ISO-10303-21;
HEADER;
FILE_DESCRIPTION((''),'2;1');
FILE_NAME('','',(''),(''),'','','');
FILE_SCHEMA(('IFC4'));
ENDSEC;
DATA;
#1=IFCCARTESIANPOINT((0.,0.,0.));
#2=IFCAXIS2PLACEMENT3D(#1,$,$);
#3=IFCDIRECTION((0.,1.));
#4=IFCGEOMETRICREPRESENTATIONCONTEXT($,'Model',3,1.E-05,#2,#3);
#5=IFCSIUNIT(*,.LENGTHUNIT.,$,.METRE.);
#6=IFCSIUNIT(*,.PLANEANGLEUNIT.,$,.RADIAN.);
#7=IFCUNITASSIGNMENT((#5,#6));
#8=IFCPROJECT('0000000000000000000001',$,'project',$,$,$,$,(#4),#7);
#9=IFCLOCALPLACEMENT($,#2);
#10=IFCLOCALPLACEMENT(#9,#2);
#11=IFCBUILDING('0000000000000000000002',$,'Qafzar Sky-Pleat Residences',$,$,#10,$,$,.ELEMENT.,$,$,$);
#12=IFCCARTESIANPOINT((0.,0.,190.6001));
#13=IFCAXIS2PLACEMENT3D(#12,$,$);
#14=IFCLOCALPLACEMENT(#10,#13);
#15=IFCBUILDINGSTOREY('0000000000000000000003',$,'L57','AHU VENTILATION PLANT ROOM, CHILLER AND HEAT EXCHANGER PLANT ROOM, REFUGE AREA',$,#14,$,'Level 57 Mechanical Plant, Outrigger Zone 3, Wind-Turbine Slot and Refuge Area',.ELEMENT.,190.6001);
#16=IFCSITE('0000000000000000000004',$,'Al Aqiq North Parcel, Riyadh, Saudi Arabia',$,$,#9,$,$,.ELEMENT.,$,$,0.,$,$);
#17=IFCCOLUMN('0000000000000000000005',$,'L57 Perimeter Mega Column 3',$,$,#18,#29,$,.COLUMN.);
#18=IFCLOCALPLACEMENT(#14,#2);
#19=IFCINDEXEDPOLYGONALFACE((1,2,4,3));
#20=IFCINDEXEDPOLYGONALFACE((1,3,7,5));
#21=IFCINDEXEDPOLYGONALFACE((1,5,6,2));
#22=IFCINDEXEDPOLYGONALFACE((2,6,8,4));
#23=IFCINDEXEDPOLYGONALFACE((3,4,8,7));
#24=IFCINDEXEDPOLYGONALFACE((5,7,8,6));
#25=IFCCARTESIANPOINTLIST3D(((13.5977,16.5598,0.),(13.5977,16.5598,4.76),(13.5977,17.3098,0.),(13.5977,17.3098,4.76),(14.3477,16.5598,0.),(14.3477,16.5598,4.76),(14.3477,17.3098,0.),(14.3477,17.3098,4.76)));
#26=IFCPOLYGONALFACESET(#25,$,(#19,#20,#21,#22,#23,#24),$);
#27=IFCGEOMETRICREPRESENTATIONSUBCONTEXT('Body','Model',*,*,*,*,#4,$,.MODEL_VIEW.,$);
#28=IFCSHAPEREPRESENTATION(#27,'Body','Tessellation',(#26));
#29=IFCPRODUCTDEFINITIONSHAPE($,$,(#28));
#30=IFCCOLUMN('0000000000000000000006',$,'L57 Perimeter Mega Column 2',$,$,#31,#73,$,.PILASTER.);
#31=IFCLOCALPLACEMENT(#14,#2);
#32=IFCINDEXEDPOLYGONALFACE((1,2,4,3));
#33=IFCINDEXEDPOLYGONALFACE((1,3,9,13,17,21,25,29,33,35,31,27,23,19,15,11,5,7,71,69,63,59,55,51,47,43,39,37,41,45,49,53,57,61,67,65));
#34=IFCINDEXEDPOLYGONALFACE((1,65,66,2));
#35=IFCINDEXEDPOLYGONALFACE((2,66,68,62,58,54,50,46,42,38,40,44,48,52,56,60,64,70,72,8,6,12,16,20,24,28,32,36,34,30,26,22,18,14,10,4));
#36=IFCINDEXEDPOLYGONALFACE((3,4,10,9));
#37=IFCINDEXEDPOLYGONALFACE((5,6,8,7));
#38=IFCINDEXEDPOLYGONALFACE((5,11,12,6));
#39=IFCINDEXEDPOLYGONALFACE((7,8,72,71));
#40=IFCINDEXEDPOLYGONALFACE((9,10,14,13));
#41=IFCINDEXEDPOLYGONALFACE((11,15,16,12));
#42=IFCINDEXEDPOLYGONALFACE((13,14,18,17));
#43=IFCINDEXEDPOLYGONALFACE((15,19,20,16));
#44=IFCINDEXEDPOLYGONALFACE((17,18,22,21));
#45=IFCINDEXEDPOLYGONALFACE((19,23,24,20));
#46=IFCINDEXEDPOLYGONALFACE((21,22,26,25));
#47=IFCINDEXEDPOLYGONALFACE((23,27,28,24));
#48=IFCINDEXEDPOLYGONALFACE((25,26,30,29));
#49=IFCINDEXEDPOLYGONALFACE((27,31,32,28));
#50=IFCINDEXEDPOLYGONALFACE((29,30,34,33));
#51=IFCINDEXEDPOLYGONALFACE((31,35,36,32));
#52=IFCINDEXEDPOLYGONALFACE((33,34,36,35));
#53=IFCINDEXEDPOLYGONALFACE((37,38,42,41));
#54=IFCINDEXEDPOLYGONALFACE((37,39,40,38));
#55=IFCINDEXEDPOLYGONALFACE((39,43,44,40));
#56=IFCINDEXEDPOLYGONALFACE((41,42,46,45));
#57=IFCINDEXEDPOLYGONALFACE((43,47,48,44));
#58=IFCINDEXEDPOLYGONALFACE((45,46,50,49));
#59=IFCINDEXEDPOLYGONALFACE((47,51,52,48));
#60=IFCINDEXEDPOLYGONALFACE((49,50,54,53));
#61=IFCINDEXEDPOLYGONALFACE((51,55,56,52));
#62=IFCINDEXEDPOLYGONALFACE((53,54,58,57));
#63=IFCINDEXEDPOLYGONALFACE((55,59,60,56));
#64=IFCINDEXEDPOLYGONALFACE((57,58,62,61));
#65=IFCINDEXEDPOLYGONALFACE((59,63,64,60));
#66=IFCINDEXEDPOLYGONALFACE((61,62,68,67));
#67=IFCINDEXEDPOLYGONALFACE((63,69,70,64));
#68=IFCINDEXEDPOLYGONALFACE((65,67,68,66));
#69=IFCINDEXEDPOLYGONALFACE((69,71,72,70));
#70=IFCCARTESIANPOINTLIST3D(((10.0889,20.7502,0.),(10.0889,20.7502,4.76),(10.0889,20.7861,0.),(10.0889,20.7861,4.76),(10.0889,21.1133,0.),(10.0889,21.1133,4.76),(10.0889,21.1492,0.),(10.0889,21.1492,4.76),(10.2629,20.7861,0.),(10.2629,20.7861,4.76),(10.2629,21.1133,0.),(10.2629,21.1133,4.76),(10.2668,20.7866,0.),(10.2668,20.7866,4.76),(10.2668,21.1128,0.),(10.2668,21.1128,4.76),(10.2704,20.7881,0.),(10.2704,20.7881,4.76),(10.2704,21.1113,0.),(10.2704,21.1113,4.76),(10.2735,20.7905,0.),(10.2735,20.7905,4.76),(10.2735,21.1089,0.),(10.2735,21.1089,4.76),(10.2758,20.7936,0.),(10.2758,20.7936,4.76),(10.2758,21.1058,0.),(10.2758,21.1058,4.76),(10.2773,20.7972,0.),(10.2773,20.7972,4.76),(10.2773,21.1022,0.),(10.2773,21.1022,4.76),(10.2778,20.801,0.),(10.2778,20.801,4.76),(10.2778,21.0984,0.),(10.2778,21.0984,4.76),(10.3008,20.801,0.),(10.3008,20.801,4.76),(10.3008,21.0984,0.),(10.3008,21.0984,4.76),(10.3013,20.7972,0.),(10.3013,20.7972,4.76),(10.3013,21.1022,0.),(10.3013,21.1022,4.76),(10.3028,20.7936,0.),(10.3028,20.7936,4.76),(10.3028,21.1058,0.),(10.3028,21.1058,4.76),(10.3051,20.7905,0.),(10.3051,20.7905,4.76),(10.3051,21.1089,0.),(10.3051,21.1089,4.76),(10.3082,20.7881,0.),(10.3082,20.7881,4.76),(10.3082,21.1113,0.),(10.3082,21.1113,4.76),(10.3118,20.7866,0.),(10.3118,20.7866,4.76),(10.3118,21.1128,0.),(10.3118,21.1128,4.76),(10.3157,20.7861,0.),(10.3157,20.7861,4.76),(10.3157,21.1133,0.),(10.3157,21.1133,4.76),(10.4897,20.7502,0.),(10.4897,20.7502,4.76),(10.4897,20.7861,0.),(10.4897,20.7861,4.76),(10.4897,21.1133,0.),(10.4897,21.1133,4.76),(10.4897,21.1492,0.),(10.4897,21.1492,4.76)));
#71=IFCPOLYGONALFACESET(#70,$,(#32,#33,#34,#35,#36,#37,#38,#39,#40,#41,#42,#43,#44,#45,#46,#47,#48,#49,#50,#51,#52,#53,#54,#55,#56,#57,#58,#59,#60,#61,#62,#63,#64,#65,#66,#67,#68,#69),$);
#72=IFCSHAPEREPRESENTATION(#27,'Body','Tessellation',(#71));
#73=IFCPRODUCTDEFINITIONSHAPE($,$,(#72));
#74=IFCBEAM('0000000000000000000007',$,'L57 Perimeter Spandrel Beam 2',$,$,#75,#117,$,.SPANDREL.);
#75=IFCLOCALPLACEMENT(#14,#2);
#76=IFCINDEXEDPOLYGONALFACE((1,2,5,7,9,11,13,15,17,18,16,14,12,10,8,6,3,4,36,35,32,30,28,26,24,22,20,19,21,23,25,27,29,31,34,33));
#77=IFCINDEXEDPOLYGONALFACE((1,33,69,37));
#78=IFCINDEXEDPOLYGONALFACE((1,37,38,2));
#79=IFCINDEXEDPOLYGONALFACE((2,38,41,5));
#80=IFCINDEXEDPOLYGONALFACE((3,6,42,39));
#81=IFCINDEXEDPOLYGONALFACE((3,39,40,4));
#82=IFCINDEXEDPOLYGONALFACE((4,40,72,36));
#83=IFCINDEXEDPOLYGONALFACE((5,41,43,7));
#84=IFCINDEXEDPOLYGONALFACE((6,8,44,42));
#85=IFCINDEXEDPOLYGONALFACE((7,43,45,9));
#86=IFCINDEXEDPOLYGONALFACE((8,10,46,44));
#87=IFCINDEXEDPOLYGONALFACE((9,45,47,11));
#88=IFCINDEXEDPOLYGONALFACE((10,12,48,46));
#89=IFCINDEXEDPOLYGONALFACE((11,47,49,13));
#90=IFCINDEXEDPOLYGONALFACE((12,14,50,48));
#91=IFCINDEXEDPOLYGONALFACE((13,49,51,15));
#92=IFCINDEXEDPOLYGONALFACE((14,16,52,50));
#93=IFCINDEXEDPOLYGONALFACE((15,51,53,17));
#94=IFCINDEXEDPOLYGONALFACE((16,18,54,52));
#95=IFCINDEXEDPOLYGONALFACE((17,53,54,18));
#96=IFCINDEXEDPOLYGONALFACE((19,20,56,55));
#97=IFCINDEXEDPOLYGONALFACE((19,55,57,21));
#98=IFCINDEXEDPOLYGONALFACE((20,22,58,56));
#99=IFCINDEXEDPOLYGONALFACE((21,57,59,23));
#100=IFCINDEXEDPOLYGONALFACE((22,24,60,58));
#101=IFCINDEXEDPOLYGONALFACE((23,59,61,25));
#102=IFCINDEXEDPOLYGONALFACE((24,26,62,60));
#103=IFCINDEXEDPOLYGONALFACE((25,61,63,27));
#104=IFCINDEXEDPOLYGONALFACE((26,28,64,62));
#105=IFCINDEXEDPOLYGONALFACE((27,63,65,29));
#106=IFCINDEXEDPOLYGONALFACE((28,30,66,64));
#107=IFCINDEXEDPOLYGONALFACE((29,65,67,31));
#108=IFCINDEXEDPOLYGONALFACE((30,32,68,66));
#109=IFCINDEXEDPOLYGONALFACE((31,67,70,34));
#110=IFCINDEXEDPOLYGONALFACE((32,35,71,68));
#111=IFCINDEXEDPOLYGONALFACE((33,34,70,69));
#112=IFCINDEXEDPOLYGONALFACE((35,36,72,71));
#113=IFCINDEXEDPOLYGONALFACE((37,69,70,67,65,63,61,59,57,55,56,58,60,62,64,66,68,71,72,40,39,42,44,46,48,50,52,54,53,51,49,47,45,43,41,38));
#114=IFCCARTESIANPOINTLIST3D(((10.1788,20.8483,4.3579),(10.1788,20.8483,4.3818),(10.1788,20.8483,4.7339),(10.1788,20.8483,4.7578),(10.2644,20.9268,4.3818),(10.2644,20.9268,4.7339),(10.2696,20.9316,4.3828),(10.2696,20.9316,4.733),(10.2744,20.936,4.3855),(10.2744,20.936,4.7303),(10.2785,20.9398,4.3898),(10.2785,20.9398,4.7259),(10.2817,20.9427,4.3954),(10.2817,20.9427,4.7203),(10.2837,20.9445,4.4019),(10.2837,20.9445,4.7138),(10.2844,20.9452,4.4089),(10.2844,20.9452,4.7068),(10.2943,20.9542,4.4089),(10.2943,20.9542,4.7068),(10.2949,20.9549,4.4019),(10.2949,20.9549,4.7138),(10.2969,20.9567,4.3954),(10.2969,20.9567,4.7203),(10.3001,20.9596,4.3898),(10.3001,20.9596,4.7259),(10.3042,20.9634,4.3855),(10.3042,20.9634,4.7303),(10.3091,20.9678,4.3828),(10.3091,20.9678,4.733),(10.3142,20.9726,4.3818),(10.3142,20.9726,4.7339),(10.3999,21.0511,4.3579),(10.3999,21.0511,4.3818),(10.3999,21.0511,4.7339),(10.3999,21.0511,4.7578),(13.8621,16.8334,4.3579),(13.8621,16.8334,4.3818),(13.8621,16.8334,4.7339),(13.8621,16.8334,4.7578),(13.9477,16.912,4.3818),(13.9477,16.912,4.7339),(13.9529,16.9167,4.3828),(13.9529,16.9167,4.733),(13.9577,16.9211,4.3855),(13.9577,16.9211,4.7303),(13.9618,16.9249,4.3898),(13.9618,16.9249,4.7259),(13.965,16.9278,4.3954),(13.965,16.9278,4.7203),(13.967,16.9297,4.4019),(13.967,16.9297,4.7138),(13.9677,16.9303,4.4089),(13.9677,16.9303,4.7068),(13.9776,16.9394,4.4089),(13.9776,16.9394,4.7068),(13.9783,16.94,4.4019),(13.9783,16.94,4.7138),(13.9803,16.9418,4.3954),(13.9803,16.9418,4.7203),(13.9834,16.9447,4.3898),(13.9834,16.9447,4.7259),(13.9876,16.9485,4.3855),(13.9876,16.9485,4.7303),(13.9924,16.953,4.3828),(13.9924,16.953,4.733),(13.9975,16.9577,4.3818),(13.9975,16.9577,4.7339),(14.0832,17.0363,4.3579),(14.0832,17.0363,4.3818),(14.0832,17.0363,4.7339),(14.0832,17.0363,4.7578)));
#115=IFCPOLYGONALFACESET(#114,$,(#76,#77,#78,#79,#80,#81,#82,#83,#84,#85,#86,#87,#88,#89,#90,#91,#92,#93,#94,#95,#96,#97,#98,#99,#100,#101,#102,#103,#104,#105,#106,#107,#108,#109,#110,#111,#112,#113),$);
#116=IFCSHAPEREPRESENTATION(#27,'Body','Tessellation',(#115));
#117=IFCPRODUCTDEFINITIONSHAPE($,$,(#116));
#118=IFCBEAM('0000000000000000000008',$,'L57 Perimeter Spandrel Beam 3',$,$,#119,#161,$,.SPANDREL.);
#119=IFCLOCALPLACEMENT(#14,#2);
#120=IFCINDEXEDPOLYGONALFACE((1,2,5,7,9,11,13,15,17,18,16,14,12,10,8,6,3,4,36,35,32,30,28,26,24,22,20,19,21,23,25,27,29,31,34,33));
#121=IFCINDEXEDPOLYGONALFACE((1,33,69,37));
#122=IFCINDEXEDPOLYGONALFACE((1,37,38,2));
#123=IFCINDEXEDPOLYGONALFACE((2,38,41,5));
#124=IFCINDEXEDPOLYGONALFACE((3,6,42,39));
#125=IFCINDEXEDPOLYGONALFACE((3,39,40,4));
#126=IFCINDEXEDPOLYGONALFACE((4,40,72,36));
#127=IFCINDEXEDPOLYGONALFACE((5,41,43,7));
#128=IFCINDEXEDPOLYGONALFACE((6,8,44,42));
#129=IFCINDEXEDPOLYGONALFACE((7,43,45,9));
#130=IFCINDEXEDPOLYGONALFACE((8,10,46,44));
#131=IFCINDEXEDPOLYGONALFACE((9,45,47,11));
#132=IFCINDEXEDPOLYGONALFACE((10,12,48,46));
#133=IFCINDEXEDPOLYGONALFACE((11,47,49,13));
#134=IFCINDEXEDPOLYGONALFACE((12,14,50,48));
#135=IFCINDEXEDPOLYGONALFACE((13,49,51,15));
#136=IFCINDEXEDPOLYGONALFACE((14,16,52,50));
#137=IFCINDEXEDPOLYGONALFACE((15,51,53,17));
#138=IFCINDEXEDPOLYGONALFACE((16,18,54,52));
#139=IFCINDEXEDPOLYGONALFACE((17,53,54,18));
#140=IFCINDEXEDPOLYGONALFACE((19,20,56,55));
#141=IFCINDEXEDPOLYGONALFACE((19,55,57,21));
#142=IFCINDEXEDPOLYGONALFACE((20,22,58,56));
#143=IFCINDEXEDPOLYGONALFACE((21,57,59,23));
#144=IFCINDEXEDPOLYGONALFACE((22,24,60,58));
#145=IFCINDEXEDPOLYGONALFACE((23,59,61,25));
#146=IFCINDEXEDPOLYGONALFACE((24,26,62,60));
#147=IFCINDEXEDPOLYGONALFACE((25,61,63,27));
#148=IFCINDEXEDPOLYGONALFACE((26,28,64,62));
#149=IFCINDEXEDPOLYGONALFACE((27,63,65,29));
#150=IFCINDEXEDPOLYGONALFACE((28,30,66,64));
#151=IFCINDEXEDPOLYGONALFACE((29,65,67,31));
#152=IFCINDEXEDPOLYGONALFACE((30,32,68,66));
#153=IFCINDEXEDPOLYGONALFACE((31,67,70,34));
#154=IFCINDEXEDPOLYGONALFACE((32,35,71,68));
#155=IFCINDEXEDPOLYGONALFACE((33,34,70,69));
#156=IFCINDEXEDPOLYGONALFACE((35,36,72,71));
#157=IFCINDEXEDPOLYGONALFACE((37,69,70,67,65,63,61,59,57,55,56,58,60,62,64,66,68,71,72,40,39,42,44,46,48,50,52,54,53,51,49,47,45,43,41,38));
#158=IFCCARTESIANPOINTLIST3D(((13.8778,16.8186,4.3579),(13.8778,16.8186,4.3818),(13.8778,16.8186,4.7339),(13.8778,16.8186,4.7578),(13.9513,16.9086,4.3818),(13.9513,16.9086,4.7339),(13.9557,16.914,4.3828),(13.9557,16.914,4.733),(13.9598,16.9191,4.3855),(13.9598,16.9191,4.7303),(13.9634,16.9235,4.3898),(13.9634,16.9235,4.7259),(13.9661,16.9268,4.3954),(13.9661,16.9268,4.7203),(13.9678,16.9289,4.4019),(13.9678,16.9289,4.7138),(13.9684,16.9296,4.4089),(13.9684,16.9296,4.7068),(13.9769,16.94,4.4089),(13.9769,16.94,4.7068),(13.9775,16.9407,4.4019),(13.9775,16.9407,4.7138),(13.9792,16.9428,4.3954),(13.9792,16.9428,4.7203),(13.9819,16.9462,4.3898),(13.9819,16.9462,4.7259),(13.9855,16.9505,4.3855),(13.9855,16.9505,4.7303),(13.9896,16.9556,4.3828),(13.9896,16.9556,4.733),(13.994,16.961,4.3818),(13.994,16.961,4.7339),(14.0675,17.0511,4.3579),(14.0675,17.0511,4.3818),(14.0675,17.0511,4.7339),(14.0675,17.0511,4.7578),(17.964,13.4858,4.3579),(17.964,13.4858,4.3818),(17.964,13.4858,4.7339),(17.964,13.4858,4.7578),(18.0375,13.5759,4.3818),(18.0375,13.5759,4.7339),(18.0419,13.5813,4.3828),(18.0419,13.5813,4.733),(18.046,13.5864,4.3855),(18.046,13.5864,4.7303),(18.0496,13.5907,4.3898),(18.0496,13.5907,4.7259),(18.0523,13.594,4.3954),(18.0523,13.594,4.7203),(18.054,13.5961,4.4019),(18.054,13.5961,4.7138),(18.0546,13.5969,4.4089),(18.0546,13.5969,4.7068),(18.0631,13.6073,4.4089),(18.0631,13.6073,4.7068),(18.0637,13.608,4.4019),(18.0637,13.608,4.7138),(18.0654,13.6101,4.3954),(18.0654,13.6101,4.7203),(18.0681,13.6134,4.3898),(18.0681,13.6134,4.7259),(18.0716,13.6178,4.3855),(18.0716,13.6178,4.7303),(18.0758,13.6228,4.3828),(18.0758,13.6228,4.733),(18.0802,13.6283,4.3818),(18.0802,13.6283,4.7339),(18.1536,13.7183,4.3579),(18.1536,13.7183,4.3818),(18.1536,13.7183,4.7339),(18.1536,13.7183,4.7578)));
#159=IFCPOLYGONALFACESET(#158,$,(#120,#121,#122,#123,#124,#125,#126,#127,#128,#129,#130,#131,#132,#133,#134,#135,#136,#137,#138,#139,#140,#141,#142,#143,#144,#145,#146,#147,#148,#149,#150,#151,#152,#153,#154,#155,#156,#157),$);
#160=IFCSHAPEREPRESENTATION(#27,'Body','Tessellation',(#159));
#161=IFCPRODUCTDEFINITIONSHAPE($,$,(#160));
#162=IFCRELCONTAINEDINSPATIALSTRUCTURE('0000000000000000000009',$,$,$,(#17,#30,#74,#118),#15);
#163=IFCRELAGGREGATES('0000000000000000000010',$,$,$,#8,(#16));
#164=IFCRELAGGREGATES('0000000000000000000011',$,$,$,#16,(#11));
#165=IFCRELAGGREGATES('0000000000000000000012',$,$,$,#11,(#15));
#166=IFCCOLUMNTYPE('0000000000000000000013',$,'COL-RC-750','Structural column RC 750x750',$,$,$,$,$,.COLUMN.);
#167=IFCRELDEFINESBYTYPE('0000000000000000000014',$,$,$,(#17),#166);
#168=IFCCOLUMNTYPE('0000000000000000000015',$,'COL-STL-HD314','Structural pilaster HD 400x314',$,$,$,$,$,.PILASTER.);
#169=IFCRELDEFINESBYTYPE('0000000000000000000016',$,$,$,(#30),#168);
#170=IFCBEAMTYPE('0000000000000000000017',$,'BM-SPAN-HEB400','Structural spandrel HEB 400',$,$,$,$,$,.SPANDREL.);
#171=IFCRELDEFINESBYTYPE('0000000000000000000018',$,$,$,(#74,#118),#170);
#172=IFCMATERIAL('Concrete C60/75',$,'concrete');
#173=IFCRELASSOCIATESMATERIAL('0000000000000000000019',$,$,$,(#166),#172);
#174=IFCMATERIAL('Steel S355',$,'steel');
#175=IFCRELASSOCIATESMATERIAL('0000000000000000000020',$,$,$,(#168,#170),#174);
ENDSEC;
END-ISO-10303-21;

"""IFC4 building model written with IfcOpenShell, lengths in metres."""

from ifc_helpers import new_model, si_unit, direction, frame, origin, origin_2d, place, context, subcontext, project, spatial, rectangle, i_section, extrude, source, transform, mapped, material, material_profile, profile_set, type_object, element, save


model = new_model("IFC4")

# Units and contexts
model_context = context("Model", 3, precision=1e-05, world=origin(), true_north=direction((0.0, 1.0)))
body_context = subcontext(model_context, "Body", "Model", "MODEL_VIEW")
ifc_project = project(units=[si_unit("LENGTHUNIT", "METRE"), si_unit("PLANEANGLEUNIT", "RADIAN")], contexts=[model_context])

# Site, building, storey
site_placement = place(None, origin())
site = spatial("IfcSite", under=ifc_project, at=site_placement, Name="Al Aqiq North Parcel, Riyadh, Saudi Arabia", CompositionType="ELEMENT", RefElevation=0.0)
building_placement = place(site_placement, origin())
building = spatial("IfcBuilding", under=site, at=building_placement, Name="Qafzar Sky-Pleat Residences", CompositionType="ELEMENT")
storey_placement = place(building_placement, frame((0.0, 0.0, 190.6001)))
storey = spatial("IfcBuildingStorey", under=building, at=storey_placement, Name="L57", Description="AHU VENTILATION PLANT ROOM, CHILLER AND HEAT EXCHANGER PLANT ROOM, REFUGE AREA", LongName="Level 57 Mechanical Plant, Outrigger Zone 3, Wind-Turbine Slot and Refuge Area", CompositionType="ELEMENT", Elevation=190.6001)

# Columns
ifc_material_1 = material(Name="Concrete C60/75", Category="concrete")
ifc_material_profile_1 = material_profile(ifc_material_1, rectangle(XDim=0.75, YDim=0.75, at=origin_2d()), Name="RC 750x750")
ifc_profile_set_1 = profile_set([ifc_material_profile_1], Name="Concrete C60/75")
column_type_1 = type_object("IfcColumnType", Name="COL-RC-750", Description="Structural column RC 750x750", PredefinedType="COLUMN", material=ifc_profile_set_1)
shared_shape_1 = source(origin(), body_context, "Body", "SweptSolid", [
    extrude(rectangle(XDim=0.75, YDim=0.75, at=origin_2d()), origin(), (0.0, 0.0, 1.0), 4.76),
])
column_1_placement = place(storey_placement, frame((13.9727, 16.9348, 0.0), z_axis=(0.0, 0.0, 1.0), x_axis=(1.0, 0.0, 0.0)))
element("IfcColumn", 1, at=column_1_placement, inside=storey, type_object=column_type_1, Name="L57 Perimeter Mega Column 3", PredefinedType="COLUMN", context=body_context, shape_type="MappedRepresentation", body=[
    mapped(shared_shape_1, transform((0.0, 0.0, 0.0), x_axis=(1.0, 0.0, 0.0), y_axis=(0.0, 1.0, 0.0), z_axis=(0.0, 0.0, 1.0), scale=1.0)),
])
ifc_material_2 = material(Name="Steel S355", Category="steel")
ifc_material_profile_2 = material_profile(ifc_material_2, i_section(OverallWidth=0.4009, OverallDepth=0.3989, WebThickness=0.0229, FlangeThickness=0.0359, FilletRadius=0.0149, at=origin_2d()), Name="HD 400x314")
ifc_profile_set_2 = profile_set([ifc_material_profile_2], Name="Steel S355")
column_type_2 = type_object("IfcColumnType", Name="COL-STL-HD314", Description="Structural pilaster HD 400x314", PredefinedType="PILASTER", material=ifc_profile_set_2)
shared_shape_2 = source(origin(), body_context, "Body", "SweptSolid", [
    extrude(i_section(OverallWidth=0.4009, OverallDepth=0.3989, WebThickness=0.0229, FlangeThickness=0.0359, FilletRadius=0.0149, at=origin_2d()), origin(), (0.0, 0.0, 1.0), 4.76),
])
column_2_placement = place(storey_placement, frame((10.2893, 20.9497, 0.0), z_axis=(0.0, 0.0, 1.0), x_axis=(1.0, 0.0, 0.0)))
element("IfcColumn", 2, at=column_2_placement, inside=storey, type_object=column_type_2, Name="L57 Perimeter Mega Column 2", PredefinedType="PILASTER", context=body_context, shape_type="MappedRepresentation", body=[
    mapped(shared_shape_2, transform((0.0, 0.0, 0.0), x_axis=(1.0, 0.0, 0.0), y_axis=(0.0, 1.0, 0.0), z_axis=(0.0, 0.0, 1.0), scale=1.0)),
])

# Beams
ifc_material_profile_3 = material_profile(ifc_material_2, i_section(OverallWidth=0.3, OverallDepth=0.3999, WebThickness=0.0134, FlangeThickness=0.0239, FilletRadius=0.0271, at=origin_2d()), Name="HEB 400")
ifc_profile_set_3 = profile_set([ifc_material_profile_3], Name="Steel S355")
beam_type_1 = type_object("IfcBeamType", Name="BM-SPAN-HEB400", Description="Structural spandrel HEB 400", PredefinedType="SPANDREL", material=ifc_profile_set_3)
shared_shape_3 = source(origin(), body_context, "Body", "SweptSolid", [
    extrude(i_section(OverallWidth=0.3, OverallDepth=0.3999, WebThickness=0.0134, FlangeThickness=0.0239, FilletRadius=0.0271, at=origin_2d()), origin(), (0.0, 0.0, 1.0), 5.4485),
])
beam_1_placement = place(storey_placement, frame((10.2893, 20.9497, 4.5579), z_axis=(0.676027, -0.736877, 0.0), x_axis=(0.736877, 0.676027, 0.0)))
element("IfcBeam", 3, at=beam_1_placement, inside=storey, type_object=beam_type_1, Name="L57 Perimeter Spandrel Beam 2", PredefinedType="SPANDREL", context=body_context, shape_type="MappedRepresentation", body=[
    mapped(shared_shape_3, transform((0.0, 0.0, 0.0), x_axis=(1.0, 0.0, 0.0), y_axis=(0.0, 1.0, 0.0), z_axis=(0.0, 0.0, 1.0), scale=1.0)),
])
shared_shape_4 = source(origin(), body_context, "Body", "SweptSolid", [
    extrude(i_section(OverallWidth=0.3, OverallDepth=0.3999, WebThickness=0.0134, FlangeThickness=0.0239, FilletRadius=0.0271, at=origin_2d()), origin(), (0.0, 0.0, 1.0), 5.2729),
])
beam_2_placement = place(storey_placement, frame((13.9727, 16.9348, 4.5579), z_axis=(0.77493, -0.632047, 0.0), x_axis=(0.632047, 0.77493, 0.0)))
element("IfcBeam", 4, at=beam_2_placement, inside=storey, type_object=beam_type_1, Name="L57 Perimeter Spandrel Beam 3", PredefinedType="SPANDREL", context=body_context, shape_type="MappedRepresentation", body=[
    mapped(shared_shape_4, transform((0.0, 0.0, 0.0), x_axis=(1.0, 0.0, 0.0), y_axis=(0.0, 1.0, 0.0), z_axis=(0.0, 0.0, 1.0), scale=1.0)),
])

save(model, "model.ifc")
